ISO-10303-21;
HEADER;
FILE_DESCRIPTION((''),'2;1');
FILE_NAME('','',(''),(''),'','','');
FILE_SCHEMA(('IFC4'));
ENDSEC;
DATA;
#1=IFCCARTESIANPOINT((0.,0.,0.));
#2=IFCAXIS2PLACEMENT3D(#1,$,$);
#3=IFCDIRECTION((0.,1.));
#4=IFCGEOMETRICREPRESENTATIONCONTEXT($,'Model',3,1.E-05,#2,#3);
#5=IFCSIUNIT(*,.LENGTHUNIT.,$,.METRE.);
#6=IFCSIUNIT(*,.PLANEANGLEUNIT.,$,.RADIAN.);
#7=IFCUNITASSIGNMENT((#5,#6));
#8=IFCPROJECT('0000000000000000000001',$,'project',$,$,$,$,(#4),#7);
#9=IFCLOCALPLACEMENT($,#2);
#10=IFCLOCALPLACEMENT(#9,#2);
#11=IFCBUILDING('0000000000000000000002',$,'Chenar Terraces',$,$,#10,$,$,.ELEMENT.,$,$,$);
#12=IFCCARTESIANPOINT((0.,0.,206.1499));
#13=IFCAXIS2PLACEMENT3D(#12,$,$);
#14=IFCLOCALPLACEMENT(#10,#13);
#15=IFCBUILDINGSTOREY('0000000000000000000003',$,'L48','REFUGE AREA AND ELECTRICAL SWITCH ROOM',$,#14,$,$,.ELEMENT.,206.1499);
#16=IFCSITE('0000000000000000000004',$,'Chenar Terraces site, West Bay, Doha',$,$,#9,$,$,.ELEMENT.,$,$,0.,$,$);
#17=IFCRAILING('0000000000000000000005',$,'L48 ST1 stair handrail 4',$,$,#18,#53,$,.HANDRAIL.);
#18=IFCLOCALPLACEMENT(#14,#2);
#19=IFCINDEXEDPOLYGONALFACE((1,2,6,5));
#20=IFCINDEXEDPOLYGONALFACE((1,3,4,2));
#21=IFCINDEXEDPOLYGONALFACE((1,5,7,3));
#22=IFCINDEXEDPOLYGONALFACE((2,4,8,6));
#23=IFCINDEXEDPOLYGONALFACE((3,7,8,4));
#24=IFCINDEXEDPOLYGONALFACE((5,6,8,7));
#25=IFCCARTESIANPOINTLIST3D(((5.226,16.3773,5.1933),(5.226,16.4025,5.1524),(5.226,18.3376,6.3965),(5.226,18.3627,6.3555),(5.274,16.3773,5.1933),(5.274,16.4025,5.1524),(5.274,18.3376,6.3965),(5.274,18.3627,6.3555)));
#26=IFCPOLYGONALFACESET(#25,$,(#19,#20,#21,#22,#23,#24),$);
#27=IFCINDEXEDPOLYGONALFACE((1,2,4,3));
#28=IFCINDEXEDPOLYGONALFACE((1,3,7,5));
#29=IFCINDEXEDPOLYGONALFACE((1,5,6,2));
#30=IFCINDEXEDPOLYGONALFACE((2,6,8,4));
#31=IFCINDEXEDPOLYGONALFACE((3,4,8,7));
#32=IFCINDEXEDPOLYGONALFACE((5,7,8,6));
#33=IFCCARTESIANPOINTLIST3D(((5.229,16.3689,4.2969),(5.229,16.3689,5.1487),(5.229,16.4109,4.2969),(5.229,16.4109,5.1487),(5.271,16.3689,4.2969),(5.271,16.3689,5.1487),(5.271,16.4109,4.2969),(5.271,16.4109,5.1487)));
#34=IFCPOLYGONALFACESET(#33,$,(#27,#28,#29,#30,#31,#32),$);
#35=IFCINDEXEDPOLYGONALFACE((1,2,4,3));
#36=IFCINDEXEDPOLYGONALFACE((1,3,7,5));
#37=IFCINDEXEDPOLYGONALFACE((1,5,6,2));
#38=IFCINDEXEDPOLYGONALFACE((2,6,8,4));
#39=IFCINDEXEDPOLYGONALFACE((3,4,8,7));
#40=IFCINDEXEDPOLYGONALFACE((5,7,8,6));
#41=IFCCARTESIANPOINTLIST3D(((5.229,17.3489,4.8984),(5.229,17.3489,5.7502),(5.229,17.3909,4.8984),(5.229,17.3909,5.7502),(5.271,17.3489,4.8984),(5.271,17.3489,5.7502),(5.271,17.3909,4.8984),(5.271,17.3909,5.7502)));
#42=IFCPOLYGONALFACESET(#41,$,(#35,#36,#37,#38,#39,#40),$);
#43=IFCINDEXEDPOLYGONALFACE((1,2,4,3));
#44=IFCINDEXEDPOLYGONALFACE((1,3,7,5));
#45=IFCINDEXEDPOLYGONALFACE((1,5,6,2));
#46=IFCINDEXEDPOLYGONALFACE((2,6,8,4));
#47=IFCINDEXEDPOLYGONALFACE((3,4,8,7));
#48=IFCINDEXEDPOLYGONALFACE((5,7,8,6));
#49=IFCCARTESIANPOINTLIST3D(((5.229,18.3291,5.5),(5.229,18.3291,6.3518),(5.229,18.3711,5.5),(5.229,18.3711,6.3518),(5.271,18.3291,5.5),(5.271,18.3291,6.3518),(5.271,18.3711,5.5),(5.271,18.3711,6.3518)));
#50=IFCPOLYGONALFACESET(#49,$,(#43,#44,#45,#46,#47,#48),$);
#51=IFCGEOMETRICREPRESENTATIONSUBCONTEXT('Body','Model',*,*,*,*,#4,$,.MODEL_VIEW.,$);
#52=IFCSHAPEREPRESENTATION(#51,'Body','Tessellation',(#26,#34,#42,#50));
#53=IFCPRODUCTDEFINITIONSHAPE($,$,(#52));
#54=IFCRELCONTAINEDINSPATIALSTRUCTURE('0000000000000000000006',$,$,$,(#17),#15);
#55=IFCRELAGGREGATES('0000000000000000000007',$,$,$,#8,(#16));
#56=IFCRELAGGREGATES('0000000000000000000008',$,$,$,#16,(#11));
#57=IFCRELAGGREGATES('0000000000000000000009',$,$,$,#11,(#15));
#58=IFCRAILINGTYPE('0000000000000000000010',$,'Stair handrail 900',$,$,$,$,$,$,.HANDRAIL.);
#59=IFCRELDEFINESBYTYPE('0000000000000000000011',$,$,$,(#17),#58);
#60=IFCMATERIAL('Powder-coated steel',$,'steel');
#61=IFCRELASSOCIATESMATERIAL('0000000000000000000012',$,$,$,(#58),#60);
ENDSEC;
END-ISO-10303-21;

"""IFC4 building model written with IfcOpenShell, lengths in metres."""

from ifc_helpers import new_model, si_unit, direction, frame, origin, origin_2d, place, context, subcontext, project, spatial, rectangle, extrude, material, type_object, element, save


model = new_model("IFC4")

# Units and contexts
model_context = context("Model", 3, precision=1e-05, world=origin(), true_north=direction((0.0, 1.0)))
body_context = subcontext(model_context, "Body", "Model", "MODEL_VIEW")
ifc_project = project(units=[si_unit("LENGTHUNIT", "METRE"), si_unit("PLANEANGLEUNIT", "RADIAN")], contexts=[model_context])

# Site, building, storey
site_placement = place(None, origin())
site = spatial("IfcSite", under=ifc_project, at=site_placement, Name="Chenar Terraces site, West Bay, Doha", CompositionType="ELEMENT", RefElevation=0.0)
building_placement = place(site_placement, origin())
building = spatial("IfcBuilding", under=site, at=building_placement, Name="Chenar Terraces", CompositionType="ELEMENT")
storey_placement = place(building_placement, frame((0.0, 0.0, 206.1499)))
storey = spatial("IfcBuildingStorey", under=building, at=storey_placement, Name="L48", Description="REFUGE AREA AND ELECTRICAL SWITCH ROOM", CompositionType="ELEMENT", Elevation=206.1499)

# Railing
ifc_material_1 = material(Name="Powder-coated steel", Category="steel")
railing_type = type_object("IfcRailingType", Name="Stair handrail 900", PredefinedType="HANDRAIL", material=ifc_material_1)
railing_placement = place(storey_placement, frame((5.25, 16.3899, 4.2969)))
element("IfcRailing", 1, at=railing_placement, inside=storey, type_object=railing_type, Name="L48 ST1 stair handrail 4", PredefinedType="HANDRAIL", context=body_context, shape_type="SweptSolid", body=[
    extrude(rectangle(XDim=0.0481, YDim=0.0481, at=origin_2d()), frame((0.0, 0.0, 0.876), z_axis=(0.0, 0.85227, 0.523102), x_axis=(-1.0, 0.0, 0.0)), (0.0, 0.0, 1.0), 2.3),
    extrude(rectangle(XDim=0.042, YDim=0.042, at=origin_2d()), origin(), (0.0, 0.0, 1.0), 0.8518),
    extrude(rectangle(XDim=0.042, YDim=0.042, at=origin_2d()), frame((0.0, 0.98, 0.6016)), (0.0, 0.0, 1.0), 0.8518),
    extrude(rectangle(XDim=0.042, YDim=0.042, at=origin_2d()), frame((0.0, 1.9602, 1.2031)), (0.0, 0.0, 1.0), 0.8518),
])

save(model, "model.ifc")
